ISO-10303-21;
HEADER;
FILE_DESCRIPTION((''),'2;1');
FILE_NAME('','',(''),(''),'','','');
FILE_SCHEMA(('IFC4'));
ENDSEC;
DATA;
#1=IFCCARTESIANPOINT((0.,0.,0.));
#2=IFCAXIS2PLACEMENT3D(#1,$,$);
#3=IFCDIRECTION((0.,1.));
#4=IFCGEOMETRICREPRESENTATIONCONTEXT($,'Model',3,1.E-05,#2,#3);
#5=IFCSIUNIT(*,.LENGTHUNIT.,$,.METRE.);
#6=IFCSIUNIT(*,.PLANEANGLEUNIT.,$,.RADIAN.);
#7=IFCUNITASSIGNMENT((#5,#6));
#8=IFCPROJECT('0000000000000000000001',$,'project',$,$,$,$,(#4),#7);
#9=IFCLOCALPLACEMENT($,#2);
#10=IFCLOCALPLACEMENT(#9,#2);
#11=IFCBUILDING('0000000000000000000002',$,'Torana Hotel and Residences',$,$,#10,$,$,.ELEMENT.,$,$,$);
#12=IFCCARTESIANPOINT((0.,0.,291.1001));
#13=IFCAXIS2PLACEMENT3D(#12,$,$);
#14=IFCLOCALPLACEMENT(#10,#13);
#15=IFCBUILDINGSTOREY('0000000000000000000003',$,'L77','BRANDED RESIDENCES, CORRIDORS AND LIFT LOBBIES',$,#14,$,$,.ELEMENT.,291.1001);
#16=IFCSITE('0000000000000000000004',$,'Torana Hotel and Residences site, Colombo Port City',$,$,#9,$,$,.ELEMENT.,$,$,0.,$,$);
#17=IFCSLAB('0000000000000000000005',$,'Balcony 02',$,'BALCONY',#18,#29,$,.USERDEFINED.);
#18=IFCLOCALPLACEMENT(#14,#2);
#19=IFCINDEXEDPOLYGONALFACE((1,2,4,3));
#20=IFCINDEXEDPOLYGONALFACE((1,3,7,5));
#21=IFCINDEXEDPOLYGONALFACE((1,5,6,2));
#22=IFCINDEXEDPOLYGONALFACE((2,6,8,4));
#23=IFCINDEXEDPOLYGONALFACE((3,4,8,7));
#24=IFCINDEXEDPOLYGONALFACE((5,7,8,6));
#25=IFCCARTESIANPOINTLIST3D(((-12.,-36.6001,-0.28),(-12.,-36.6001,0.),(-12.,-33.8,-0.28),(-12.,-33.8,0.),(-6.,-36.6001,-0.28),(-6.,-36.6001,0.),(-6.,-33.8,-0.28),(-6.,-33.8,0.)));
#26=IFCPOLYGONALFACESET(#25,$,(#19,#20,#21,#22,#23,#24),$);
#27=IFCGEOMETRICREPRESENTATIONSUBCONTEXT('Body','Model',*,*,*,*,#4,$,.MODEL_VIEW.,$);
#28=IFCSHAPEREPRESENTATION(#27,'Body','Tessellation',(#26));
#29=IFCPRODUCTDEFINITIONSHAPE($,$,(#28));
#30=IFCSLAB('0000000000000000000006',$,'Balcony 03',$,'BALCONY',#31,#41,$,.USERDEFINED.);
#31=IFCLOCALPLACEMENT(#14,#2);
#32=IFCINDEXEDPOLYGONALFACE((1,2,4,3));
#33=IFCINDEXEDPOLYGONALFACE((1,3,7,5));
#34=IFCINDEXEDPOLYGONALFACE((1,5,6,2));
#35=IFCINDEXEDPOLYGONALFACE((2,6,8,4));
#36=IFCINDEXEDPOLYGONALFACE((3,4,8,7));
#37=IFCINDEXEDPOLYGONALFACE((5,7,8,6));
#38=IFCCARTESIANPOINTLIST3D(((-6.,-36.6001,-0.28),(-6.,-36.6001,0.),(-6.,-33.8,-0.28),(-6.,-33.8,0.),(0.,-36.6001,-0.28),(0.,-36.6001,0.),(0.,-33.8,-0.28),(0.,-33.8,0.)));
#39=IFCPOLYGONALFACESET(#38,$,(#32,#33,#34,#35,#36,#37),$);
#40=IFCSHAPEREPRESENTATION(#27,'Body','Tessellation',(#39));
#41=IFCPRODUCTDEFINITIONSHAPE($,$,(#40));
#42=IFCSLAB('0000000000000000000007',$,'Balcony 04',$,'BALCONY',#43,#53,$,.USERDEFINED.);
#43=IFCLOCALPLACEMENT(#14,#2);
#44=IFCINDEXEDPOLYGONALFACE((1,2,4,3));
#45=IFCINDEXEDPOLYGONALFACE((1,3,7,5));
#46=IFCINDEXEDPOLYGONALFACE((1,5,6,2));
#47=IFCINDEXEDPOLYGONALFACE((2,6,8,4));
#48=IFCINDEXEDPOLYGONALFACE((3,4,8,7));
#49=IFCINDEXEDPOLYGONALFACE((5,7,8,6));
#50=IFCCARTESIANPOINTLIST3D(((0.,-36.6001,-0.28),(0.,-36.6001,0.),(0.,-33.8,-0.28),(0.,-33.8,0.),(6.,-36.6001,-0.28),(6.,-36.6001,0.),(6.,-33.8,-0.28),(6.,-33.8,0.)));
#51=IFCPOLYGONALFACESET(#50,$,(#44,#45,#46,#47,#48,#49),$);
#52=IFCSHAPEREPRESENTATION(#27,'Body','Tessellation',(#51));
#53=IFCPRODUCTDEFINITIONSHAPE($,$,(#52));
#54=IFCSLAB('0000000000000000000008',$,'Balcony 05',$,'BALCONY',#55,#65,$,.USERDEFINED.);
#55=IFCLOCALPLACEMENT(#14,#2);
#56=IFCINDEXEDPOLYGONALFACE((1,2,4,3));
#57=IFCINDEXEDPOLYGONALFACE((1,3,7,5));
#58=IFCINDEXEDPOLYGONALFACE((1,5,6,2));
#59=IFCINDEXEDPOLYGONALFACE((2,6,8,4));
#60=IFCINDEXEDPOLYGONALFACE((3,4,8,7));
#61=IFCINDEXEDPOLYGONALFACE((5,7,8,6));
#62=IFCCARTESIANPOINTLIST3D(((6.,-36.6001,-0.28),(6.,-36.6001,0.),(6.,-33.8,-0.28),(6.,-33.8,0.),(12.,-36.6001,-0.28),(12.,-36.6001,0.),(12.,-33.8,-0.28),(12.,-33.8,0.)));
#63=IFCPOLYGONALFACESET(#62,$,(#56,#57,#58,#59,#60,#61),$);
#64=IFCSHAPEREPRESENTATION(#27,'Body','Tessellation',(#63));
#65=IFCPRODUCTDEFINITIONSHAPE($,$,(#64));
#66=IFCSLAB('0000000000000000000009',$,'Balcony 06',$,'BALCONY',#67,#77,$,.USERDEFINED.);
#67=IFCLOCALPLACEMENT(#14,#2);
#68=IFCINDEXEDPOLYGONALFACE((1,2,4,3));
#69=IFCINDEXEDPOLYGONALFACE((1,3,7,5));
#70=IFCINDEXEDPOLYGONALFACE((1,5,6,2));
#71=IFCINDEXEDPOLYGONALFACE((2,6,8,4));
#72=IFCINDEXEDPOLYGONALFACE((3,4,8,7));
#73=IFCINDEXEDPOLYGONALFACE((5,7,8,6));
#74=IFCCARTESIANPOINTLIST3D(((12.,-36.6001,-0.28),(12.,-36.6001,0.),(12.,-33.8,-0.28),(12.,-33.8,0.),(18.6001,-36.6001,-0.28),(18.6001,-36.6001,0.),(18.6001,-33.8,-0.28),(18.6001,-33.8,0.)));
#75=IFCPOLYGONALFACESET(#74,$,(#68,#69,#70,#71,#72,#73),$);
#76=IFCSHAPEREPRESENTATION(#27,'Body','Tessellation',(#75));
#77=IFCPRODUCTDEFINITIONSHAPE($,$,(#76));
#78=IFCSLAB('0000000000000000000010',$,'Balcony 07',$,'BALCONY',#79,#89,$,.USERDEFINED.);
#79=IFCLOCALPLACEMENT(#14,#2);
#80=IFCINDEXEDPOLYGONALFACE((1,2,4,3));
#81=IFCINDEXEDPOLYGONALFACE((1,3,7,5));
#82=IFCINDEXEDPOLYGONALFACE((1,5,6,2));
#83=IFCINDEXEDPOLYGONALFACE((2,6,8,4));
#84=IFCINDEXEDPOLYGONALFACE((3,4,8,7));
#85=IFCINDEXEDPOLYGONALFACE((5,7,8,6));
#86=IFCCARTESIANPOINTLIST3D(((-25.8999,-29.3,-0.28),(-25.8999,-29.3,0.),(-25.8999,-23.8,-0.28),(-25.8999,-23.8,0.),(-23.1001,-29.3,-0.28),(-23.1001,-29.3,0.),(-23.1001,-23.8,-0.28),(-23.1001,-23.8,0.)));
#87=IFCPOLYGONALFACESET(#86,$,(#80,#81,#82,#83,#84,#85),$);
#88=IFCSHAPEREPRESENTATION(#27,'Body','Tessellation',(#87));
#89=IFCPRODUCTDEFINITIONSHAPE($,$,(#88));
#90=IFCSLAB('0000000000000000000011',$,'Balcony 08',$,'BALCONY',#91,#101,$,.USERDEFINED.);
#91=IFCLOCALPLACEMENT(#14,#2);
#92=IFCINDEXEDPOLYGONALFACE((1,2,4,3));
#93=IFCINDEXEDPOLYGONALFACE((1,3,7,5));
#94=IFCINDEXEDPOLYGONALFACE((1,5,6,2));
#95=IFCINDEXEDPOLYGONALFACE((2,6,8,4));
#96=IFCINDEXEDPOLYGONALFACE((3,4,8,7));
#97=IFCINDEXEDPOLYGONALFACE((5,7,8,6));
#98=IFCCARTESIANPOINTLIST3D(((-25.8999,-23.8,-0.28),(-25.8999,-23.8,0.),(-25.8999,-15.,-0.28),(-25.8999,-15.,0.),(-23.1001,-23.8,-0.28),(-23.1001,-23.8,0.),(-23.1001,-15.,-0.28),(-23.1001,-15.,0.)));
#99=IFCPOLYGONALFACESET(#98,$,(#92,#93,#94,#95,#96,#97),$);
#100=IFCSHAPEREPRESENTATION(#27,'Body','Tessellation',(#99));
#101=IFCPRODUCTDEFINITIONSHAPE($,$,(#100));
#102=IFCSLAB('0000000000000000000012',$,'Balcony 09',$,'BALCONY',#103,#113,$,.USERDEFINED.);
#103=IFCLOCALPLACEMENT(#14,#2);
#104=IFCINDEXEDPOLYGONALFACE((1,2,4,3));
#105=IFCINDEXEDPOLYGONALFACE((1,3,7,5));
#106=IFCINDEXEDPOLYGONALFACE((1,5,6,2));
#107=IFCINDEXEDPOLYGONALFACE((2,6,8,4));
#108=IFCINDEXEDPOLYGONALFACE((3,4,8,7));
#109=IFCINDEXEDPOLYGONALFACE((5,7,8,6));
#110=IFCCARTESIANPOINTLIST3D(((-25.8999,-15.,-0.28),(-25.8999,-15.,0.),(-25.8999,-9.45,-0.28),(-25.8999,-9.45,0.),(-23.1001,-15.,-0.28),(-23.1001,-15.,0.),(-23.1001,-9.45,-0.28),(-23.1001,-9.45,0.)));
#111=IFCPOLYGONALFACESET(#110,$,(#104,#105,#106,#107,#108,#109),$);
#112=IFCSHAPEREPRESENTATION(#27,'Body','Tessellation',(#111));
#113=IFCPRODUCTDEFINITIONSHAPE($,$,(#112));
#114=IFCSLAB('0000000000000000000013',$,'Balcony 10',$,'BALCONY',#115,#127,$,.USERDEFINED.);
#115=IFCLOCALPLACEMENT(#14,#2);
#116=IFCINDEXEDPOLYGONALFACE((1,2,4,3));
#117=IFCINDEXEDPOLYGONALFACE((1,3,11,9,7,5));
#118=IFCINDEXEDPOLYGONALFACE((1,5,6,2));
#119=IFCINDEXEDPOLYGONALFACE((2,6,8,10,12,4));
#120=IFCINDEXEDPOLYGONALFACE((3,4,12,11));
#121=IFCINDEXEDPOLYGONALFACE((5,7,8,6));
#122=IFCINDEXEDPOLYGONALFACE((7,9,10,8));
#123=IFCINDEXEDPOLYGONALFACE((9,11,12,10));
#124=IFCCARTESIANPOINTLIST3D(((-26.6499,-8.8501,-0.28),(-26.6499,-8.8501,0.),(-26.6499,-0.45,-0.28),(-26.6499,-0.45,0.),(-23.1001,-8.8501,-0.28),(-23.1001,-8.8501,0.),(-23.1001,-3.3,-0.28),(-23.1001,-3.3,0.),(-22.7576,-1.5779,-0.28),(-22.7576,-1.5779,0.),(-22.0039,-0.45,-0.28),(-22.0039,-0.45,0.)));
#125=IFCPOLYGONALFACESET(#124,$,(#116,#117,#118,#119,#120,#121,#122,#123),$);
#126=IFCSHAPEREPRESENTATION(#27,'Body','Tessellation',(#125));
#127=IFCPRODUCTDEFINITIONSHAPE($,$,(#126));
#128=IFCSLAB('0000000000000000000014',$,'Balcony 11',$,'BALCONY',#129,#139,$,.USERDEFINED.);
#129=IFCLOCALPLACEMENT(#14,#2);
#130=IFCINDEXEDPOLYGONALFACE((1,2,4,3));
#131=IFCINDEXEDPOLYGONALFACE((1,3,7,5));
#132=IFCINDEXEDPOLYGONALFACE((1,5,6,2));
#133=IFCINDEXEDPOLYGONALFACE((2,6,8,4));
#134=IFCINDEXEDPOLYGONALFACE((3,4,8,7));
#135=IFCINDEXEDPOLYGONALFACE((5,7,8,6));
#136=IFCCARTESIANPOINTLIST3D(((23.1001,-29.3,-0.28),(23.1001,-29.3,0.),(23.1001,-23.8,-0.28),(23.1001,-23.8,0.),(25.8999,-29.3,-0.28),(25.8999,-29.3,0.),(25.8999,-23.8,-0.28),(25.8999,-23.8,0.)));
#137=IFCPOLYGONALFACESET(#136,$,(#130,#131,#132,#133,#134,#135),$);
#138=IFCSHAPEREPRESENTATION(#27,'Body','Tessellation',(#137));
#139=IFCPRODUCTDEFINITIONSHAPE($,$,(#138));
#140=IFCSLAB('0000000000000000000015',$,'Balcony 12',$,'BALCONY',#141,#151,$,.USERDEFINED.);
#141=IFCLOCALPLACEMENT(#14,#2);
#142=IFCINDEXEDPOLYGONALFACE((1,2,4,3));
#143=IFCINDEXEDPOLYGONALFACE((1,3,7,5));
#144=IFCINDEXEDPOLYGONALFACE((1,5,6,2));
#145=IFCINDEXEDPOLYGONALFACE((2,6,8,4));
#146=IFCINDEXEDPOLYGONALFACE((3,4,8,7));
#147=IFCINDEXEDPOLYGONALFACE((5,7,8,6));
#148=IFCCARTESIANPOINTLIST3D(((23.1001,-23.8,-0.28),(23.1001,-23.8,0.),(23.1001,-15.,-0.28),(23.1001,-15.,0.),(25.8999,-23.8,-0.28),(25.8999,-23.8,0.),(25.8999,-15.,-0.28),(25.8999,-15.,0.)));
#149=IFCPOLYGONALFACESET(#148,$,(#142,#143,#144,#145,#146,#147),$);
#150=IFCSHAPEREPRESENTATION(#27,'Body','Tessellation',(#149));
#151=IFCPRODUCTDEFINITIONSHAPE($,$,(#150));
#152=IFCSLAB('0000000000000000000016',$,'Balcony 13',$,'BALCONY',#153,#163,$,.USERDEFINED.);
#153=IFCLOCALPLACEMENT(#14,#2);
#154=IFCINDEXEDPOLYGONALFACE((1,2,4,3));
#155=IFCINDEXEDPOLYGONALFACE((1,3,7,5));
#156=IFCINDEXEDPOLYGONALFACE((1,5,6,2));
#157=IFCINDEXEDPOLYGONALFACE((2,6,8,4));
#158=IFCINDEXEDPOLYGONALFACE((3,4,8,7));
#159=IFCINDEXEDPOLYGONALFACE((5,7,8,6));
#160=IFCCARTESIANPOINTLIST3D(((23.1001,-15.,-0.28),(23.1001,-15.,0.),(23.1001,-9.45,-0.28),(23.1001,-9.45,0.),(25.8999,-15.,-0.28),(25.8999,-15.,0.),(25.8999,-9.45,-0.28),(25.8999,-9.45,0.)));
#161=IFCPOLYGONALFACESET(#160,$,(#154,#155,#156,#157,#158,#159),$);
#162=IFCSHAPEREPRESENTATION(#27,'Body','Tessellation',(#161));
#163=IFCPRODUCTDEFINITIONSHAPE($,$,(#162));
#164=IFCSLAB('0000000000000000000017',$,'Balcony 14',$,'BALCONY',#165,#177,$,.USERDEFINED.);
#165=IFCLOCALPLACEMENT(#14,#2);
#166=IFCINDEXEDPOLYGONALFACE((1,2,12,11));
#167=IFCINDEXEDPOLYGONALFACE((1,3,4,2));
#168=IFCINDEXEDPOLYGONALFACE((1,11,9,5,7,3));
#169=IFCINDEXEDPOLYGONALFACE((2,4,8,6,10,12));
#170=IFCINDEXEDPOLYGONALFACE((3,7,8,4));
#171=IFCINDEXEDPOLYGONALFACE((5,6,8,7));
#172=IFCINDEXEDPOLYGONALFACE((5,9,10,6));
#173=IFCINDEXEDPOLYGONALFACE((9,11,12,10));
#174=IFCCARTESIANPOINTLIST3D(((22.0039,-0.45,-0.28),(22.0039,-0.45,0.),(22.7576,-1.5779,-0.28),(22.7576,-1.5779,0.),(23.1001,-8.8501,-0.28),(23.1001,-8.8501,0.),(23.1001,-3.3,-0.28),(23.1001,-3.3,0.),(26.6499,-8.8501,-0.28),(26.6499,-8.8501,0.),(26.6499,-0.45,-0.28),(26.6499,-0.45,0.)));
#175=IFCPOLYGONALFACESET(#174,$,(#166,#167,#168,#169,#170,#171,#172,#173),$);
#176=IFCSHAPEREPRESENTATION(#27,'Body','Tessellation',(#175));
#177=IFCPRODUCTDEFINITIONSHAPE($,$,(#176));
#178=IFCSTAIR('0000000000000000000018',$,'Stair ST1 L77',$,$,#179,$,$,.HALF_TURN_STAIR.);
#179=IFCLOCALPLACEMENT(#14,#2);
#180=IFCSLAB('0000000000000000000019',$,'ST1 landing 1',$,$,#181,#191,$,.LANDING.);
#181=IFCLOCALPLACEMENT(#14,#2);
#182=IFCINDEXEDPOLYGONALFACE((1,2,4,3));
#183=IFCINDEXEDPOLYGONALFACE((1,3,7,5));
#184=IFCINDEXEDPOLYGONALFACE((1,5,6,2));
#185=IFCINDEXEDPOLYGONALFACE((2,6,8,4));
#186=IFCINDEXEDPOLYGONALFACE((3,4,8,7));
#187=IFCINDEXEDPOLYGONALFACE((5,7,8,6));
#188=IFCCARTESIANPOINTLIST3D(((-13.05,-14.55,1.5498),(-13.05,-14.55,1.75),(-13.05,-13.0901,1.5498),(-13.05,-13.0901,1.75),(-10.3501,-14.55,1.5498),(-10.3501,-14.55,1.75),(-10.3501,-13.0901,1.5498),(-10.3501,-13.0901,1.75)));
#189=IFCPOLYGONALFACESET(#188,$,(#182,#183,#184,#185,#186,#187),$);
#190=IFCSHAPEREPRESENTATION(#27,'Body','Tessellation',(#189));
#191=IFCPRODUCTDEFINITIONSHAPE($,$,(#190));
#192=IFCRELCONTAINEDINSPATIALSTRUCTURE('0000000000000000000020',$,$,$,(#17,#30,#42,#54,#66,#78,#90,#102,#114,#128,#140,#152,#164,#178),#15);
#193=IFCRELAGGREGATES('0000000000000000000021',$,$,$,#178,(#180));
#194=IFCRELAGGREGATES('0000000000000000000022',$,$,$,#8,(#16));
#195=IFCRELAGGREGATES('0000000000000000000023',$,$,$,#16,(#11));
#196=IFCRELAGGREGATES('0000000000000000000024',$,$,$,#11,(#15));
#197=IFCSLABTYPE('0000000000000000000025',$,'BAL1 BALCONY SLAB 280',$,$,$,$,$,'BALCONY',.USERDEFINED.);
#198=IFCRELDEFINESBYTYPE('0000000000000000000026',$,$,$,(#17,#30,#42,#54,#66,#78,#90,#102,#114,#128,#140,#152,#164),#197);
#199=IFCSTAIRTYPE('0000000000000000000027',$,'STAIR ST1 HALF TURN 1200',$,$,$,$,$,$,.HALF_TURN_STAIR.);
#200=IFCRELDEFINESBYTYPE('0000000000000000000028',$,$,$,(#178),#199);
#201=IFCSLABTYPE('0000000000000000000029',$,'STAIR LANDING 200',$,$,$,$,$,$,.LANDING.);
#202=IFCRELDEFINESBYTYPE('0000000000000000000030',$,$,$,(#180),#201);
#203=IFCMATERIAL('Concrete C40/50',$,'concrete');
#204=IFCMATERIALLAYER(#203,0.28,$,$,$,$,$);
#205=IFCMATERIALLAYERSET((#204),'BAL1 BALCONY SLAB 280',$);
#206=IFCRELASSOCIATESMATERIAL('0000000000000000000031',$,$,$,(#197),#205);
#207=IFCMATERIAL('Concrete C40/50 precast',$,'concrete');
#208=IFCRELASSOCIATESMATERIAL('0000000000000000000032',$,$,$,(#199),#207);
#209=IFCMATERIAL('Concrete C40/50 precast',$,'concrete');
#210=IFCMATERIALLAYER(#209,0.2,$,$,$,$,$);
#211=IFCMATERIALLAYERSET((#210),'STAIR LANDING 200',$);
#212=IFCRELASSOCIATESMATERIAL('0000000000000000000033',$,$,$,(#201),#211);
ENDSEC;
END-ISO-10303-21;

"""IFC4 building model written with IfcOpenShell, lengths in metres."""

from ifc_helpers import new_model, si_unit, direction, frame, origin, place, context, subcontext, project, spatial, polyline, outline, extrude, material, layer, layer_set, type_object, element, aggregate, save


model = new_model("IFC4")

# Units and contexts
model_context = context("Model", 3, precision=1e-05, world=origin(), true_north=direction((0.0, 1.0)))
body_context = subcontext(model_context, "Body", "Model", "MODEL_VIEW")
ifc_project = project(units=[si_unit("LENGTHUNIT", "METRE"), si_unit("PLANEANGLEUNIT", "RADIAN")], contexts=[model_context])

# Site, building, storey
site_placement = place(None, origin())
site = spatial("IfcSite", under=ifc_project, at=site_placement, Name="Torana Hotel and Residences site, Colombo Port City", CompositionType="ELEMENT", RefElevation=0.0)
building_placement = place(site_placement, origin())
building = spatial("IfcBuilding", under=site, at=building_placement, Name="Torana Hotel and Residences", CompositionType="ELEMENT")
storey_placement = place(building_placement, frame((0.0, 0.0, 291.1001)))
storey = spatial("IfcBuildingStorey", under=building, at=storey_placement, Name="L77", Description="BRANDED RESIDENCES, CORRIDORS AND LIFT LOBBIES", CompositionType="ELEMENT", Elevation=291.1001)

# Slabs
ifc_material_1 = material(Name="Concrete C40/50", Category="concrete")
ifc_layer_1 = layer(ifc_material_1, 0.28)
ifc_layer_set_1 = layer_set([ifc_layer_1], Name="BAL1 BALCONY SLAB 280")
slab_type_1 = type_object("IfcSlabType", Name="BAL1 BALCONY SLAB 280", ElementType="BALCONY", PredefinedType="USERDEFINED", material=ifc_layer_set_1)
slab_1_placement = place(storey_placement, frame((0.0, 0.0, -0.28)))
element("IfcSlab", 1, at=slab_1_placement, inside=storey, type_object=slab_type_1, Name="Balcony 02", ObjectType="BALCONY", PredefinedType="USERDEFINED", context=body_context, shape_type="SweptSolid", body=[
    extrude(outline(polyline([(-12.0, -36.6001), (-6.0, -36.6001), (-6.0, -33.8), (-12.0, -33.8), (-12.0, -36.6001)])), origin(), (0.0, 0.0, 1.0), 0.28),
])
slab_2_placement = place(storey_placement, frame((0.0, 0.0, -0.28)))
element("IfcSlab", 2, at=slab_2_placement, inside=storey, type_object=slab_type_1, Name="Balcony 03", ObjectType="BALCONY", PredefinedType="USERDEFINED", context=body_context, shape_type="SweptSolid", body=[
    extrude(outline(polyline([(-6.0, -36.6001), (0.0, -36.6001), (0.0, -33.8), (-6.0, -33.8), (-6.0, -36.6001)])), origin(), (0.0, 0.0, 1.0), 0.28),
])
slab_3_placement = place(storey_placement, frame((0.0, 0.0, -0.28)))
element("IfcSlab", 3, at=slab_3_placement, inside=storey, type_object=slab_type_1, Name="Balcony 04", ObjectType="BALCONY", PredefinedType="USERDEFINED", context=body_context, shape_type="SweptSolid", body=[
    extrude(outline(polyline([(0.0, -36.6001), (6.0, -36.6001), (6.0, -33.8), (0.0, -33.8), (0.0, -36.6001)])), origin(), (0.0, 0.0, 1.0), 0.28),
])
slab_4_placement = place(storey_placement, frame((0.0, 0.0, -0.28)))
element("IfcSlab", 4, at=slab_4_placement, inside=storey, type_object=slab_type_1, Name="Balcony 05", ObjectType="BALCONY", PredefinedType="USERDEFINED", context=body_context, shape_type="SweptSolid", body=[
    extrude(outline(polyline([(6.0, -36.6001), (12.0, -36.6001), (12.0, -33.8), (6.0, -33.8), (6.0, -36.6001)])), origin(), (0.0, 0.0, 1.0), 0.28),
])
slab_5_placement = place(storey_placement, frame((0.0, 0.0, -0.28)))
element("IfcSlab", 5, at=slab_5_placement, inside=storey, type_object=slab_type_1, Name="Balcony 06", ObjectType="BALCONY", PredefinedType="USERDEFINED", context=body_context, shape_type="SweptSolid", body=[
    extrude(outline(polyline([(12.0, -36.6001), (18.6001, -36.6001), (18.6001, -33.8), (12.0, -33.8), (12.0, -36.6001)])), origin(), (0.0, 0.0, 1.0), 0.28),
])
slab_6_placement = place(storey_placement, frame((0.0, 0.0, -0.28)))
element("IfcSlab", 6, at=slab_6_placement, inside=storey, type_object=slab_type_1, Name="Balcony 07", ObjectType="BALCONY", PredefinedType="USERDEFINED", context=body_context, shape_type="SweptSolid", body=[
    extrude(outline(polyline([(-25.8999, -29.3), (-23.1001, -29.3), (-23.1001, -23.8), (-25.8999, -23.8), (-25.8999, -29.3)])), origin(), (0.0, 0.0, 1.0), 0.28),
])
slab_7_placement = place(storey_placement, frame((0.0, 0.0, -0.28)))
element("IfcSlab", 7, at=slab_7_placement, inside=storey, type_object=slab_type_1, Name="Balcony 08", ObjectType="BALCONY", PredefinedType="USERDEFINED", context=body_context, shape_type="SweptSolid", body=[
    extrude(outline(polyline([(-25.8999, -23.8), (-23.1001, -23.8), (-23.1001, -15.0), (-25.8999, -15.0), (-25.8999, -23.8)])), origin(), (0.0, 0.0, 1.0), 0.28),
])
slab_8_placement = place(storey_placement, frame((0.0, 0.0, -0.28)))
element("IfcSlab", 8, at=slab_8_placement, inside=storey, type_object=slab_type_1, Name="Balcony 09", ObjectType="BALCONY", PredefinedType="USERDEFINED", context=body_context, shape_type="SweptSolid", body=[
    extrude(outline(polyline([(-25.8999, -15.0), (-23.1001, -15.0), (-23.1001, -9.45), (-25.8999, -9.45), (-25.8999, -15.0)])), origin(), (0.0, 0.0, 1.0), 0.28),
])
slab_9_placement = place(storey_placement, frame((0.0, 0.0, -0.28)))
element("IfcSlab", 9, at=slab_9_placement, inside=storey, type_object=slab_type_1, Name="Balcony 10", ObjectType="BALCONY", PredefinedType="USERDEFINED", context=body_context, shape_type="SweptSolid", body=[
    extrude(outline(polyline([(-26.6499, -8.8501), (-23.1001, -8.8501), (-23.1001, -3.3), (-22.7576, -1.5779), (-22.0039, -0.45), (-26.6499, -0.45), (-26.6499, -8.8501)])), origin(), (0.0, 0.0, 1.0), 0.28),
])
slab_10_placement = place(storey_placement, frame((0.0, 0.0, -0.28)))
element("IfcSlab", 10, at=slab_10_placement, inside=storey, type_object=slab_type_1, Name="Balcony 11", ObjectType="BALCONY", PredefinedType="USERDEFINED", context=body_context, shape_type="SweptSolid", body=[
    extrude(outline(polyline([(23.1001, -29.3), (25.8999, -29.3), (25.8999, -23.8), (23.1001, -23.8), (23.1001, -29.3)])), origin(), (0.0, 0.0, 1.0), 0.28),
])
slab_11_placement = place(storey_placement, frame((0.0, 0.0, -0.28)))
element("IfcSlab", 11, at=slab_11_placement, inside=storey, type_object=slab_type_1, Name="Balcony 12", ObjectType="BALCONY", PredefinedType="USERDEFINED", context=body_context, shape_type="SweptSolid", body=[
    extrude(outline(polyline([(23.1001, -23.8), (25.8999, -23.8), (25.8999, -15.0), (23.1001, -15.0), (23.1001, -23.8)])), origin(), (0.0, 0.0, 1.0), 0.28),
])
slab_12_placement = place(storey_placement, frame((0.0, 0.0, -0.28)))
element("IfcSlab", 12, at=slab_12_placement, inside=storey, type_object=slab_type_1, Name="Balcony 13", ObjectType="BALCONY", PredefinedType="USERDEFINED", context=body_context, shape_type="SweptSolid", body=[
    extrude(outline(polyline([(23.1001, -15.0), (25.8999, -15.0), (25.8999, -9.45), (23.1001, -9.45), (23.1001, -15.0)])), origin(), (0.0, 0.0, 1.0), 0.28),
])
slab_13_placement = place(storey_placement, frame((0.0, 0.0, -0.28)))
element("IfcSlab", 13, at=slab_13_placement, inside=storey, type_object=slab_type_1, Name="Balcony 14", ObjectType="BALCONY", PredefinedType="USERDEFINED", context=body_context, shape_type="SweptSolid", body=[
    extrude(outline(polyline([(23.1001, -8.8501), (26.6499, -8.8501), (26.6499, -0.45), (22.0039, -0.45), (22.7576, -1.5779), (23.1001, -3.3), (23.1001, -8.8501)])), origin(), (0.0, 0.0, 1.0), 0.28),
])

# Stair, slab
ifc_material_2 = material(Name="Concrete C40/50 precast", Category="concrete")
stair_type_1 = type_object("IfcStairType", Name="STAIR ST1 HALF TURN 1200", PredefinedType="HALF_TURN_STAIR", material=ifc_material_2)
stair_1_placement = place(storey_placement, origin())
stair_1 = element("IfcStair", 14, at=stair_1_placement, inside=storey, type_object=stair_type_1, Name="Stair ST1 L77", PredefinedType="HALF_TURN_STAIR")
ifc_material_3 = material(Name="Concrete C40/50 precast", Category="concrete")
ifc_layer_2 = layer(ifc_material_3, 0.2)
ifc_layer_set_2 = layer_set([ifc_layer_2], Name="STAIR LANDING 200")
slab_type_2 = type_object("IfcSlabType", Name="STAIR LANDING 200", PredefinedType="LANDING", material=ifc_layer_set_2)
slab_14_placement = place(storey_placement, frame((0.0, 0.0, 1.5498)))
slab_14 = element("IfcSlab", 15, at=slab_14_placement, type_object=slab_type_2, Name="ST1 landing 1", PredefinedType="LANDING", context=body_context, shape_type="SweptSolid", body=[
    extrude(outline(polyline([(-13.05, -14.55), (-10.3501, -14.55), (-10.3501, -13.0901), (-13.05, -13.0901), (-13.05, -14.55)])), origin(), (0.0, 0.0, 1.0), 0.2002),
])
aggregate(stair_1, [slab_14])

save(model, "model.ifc")
